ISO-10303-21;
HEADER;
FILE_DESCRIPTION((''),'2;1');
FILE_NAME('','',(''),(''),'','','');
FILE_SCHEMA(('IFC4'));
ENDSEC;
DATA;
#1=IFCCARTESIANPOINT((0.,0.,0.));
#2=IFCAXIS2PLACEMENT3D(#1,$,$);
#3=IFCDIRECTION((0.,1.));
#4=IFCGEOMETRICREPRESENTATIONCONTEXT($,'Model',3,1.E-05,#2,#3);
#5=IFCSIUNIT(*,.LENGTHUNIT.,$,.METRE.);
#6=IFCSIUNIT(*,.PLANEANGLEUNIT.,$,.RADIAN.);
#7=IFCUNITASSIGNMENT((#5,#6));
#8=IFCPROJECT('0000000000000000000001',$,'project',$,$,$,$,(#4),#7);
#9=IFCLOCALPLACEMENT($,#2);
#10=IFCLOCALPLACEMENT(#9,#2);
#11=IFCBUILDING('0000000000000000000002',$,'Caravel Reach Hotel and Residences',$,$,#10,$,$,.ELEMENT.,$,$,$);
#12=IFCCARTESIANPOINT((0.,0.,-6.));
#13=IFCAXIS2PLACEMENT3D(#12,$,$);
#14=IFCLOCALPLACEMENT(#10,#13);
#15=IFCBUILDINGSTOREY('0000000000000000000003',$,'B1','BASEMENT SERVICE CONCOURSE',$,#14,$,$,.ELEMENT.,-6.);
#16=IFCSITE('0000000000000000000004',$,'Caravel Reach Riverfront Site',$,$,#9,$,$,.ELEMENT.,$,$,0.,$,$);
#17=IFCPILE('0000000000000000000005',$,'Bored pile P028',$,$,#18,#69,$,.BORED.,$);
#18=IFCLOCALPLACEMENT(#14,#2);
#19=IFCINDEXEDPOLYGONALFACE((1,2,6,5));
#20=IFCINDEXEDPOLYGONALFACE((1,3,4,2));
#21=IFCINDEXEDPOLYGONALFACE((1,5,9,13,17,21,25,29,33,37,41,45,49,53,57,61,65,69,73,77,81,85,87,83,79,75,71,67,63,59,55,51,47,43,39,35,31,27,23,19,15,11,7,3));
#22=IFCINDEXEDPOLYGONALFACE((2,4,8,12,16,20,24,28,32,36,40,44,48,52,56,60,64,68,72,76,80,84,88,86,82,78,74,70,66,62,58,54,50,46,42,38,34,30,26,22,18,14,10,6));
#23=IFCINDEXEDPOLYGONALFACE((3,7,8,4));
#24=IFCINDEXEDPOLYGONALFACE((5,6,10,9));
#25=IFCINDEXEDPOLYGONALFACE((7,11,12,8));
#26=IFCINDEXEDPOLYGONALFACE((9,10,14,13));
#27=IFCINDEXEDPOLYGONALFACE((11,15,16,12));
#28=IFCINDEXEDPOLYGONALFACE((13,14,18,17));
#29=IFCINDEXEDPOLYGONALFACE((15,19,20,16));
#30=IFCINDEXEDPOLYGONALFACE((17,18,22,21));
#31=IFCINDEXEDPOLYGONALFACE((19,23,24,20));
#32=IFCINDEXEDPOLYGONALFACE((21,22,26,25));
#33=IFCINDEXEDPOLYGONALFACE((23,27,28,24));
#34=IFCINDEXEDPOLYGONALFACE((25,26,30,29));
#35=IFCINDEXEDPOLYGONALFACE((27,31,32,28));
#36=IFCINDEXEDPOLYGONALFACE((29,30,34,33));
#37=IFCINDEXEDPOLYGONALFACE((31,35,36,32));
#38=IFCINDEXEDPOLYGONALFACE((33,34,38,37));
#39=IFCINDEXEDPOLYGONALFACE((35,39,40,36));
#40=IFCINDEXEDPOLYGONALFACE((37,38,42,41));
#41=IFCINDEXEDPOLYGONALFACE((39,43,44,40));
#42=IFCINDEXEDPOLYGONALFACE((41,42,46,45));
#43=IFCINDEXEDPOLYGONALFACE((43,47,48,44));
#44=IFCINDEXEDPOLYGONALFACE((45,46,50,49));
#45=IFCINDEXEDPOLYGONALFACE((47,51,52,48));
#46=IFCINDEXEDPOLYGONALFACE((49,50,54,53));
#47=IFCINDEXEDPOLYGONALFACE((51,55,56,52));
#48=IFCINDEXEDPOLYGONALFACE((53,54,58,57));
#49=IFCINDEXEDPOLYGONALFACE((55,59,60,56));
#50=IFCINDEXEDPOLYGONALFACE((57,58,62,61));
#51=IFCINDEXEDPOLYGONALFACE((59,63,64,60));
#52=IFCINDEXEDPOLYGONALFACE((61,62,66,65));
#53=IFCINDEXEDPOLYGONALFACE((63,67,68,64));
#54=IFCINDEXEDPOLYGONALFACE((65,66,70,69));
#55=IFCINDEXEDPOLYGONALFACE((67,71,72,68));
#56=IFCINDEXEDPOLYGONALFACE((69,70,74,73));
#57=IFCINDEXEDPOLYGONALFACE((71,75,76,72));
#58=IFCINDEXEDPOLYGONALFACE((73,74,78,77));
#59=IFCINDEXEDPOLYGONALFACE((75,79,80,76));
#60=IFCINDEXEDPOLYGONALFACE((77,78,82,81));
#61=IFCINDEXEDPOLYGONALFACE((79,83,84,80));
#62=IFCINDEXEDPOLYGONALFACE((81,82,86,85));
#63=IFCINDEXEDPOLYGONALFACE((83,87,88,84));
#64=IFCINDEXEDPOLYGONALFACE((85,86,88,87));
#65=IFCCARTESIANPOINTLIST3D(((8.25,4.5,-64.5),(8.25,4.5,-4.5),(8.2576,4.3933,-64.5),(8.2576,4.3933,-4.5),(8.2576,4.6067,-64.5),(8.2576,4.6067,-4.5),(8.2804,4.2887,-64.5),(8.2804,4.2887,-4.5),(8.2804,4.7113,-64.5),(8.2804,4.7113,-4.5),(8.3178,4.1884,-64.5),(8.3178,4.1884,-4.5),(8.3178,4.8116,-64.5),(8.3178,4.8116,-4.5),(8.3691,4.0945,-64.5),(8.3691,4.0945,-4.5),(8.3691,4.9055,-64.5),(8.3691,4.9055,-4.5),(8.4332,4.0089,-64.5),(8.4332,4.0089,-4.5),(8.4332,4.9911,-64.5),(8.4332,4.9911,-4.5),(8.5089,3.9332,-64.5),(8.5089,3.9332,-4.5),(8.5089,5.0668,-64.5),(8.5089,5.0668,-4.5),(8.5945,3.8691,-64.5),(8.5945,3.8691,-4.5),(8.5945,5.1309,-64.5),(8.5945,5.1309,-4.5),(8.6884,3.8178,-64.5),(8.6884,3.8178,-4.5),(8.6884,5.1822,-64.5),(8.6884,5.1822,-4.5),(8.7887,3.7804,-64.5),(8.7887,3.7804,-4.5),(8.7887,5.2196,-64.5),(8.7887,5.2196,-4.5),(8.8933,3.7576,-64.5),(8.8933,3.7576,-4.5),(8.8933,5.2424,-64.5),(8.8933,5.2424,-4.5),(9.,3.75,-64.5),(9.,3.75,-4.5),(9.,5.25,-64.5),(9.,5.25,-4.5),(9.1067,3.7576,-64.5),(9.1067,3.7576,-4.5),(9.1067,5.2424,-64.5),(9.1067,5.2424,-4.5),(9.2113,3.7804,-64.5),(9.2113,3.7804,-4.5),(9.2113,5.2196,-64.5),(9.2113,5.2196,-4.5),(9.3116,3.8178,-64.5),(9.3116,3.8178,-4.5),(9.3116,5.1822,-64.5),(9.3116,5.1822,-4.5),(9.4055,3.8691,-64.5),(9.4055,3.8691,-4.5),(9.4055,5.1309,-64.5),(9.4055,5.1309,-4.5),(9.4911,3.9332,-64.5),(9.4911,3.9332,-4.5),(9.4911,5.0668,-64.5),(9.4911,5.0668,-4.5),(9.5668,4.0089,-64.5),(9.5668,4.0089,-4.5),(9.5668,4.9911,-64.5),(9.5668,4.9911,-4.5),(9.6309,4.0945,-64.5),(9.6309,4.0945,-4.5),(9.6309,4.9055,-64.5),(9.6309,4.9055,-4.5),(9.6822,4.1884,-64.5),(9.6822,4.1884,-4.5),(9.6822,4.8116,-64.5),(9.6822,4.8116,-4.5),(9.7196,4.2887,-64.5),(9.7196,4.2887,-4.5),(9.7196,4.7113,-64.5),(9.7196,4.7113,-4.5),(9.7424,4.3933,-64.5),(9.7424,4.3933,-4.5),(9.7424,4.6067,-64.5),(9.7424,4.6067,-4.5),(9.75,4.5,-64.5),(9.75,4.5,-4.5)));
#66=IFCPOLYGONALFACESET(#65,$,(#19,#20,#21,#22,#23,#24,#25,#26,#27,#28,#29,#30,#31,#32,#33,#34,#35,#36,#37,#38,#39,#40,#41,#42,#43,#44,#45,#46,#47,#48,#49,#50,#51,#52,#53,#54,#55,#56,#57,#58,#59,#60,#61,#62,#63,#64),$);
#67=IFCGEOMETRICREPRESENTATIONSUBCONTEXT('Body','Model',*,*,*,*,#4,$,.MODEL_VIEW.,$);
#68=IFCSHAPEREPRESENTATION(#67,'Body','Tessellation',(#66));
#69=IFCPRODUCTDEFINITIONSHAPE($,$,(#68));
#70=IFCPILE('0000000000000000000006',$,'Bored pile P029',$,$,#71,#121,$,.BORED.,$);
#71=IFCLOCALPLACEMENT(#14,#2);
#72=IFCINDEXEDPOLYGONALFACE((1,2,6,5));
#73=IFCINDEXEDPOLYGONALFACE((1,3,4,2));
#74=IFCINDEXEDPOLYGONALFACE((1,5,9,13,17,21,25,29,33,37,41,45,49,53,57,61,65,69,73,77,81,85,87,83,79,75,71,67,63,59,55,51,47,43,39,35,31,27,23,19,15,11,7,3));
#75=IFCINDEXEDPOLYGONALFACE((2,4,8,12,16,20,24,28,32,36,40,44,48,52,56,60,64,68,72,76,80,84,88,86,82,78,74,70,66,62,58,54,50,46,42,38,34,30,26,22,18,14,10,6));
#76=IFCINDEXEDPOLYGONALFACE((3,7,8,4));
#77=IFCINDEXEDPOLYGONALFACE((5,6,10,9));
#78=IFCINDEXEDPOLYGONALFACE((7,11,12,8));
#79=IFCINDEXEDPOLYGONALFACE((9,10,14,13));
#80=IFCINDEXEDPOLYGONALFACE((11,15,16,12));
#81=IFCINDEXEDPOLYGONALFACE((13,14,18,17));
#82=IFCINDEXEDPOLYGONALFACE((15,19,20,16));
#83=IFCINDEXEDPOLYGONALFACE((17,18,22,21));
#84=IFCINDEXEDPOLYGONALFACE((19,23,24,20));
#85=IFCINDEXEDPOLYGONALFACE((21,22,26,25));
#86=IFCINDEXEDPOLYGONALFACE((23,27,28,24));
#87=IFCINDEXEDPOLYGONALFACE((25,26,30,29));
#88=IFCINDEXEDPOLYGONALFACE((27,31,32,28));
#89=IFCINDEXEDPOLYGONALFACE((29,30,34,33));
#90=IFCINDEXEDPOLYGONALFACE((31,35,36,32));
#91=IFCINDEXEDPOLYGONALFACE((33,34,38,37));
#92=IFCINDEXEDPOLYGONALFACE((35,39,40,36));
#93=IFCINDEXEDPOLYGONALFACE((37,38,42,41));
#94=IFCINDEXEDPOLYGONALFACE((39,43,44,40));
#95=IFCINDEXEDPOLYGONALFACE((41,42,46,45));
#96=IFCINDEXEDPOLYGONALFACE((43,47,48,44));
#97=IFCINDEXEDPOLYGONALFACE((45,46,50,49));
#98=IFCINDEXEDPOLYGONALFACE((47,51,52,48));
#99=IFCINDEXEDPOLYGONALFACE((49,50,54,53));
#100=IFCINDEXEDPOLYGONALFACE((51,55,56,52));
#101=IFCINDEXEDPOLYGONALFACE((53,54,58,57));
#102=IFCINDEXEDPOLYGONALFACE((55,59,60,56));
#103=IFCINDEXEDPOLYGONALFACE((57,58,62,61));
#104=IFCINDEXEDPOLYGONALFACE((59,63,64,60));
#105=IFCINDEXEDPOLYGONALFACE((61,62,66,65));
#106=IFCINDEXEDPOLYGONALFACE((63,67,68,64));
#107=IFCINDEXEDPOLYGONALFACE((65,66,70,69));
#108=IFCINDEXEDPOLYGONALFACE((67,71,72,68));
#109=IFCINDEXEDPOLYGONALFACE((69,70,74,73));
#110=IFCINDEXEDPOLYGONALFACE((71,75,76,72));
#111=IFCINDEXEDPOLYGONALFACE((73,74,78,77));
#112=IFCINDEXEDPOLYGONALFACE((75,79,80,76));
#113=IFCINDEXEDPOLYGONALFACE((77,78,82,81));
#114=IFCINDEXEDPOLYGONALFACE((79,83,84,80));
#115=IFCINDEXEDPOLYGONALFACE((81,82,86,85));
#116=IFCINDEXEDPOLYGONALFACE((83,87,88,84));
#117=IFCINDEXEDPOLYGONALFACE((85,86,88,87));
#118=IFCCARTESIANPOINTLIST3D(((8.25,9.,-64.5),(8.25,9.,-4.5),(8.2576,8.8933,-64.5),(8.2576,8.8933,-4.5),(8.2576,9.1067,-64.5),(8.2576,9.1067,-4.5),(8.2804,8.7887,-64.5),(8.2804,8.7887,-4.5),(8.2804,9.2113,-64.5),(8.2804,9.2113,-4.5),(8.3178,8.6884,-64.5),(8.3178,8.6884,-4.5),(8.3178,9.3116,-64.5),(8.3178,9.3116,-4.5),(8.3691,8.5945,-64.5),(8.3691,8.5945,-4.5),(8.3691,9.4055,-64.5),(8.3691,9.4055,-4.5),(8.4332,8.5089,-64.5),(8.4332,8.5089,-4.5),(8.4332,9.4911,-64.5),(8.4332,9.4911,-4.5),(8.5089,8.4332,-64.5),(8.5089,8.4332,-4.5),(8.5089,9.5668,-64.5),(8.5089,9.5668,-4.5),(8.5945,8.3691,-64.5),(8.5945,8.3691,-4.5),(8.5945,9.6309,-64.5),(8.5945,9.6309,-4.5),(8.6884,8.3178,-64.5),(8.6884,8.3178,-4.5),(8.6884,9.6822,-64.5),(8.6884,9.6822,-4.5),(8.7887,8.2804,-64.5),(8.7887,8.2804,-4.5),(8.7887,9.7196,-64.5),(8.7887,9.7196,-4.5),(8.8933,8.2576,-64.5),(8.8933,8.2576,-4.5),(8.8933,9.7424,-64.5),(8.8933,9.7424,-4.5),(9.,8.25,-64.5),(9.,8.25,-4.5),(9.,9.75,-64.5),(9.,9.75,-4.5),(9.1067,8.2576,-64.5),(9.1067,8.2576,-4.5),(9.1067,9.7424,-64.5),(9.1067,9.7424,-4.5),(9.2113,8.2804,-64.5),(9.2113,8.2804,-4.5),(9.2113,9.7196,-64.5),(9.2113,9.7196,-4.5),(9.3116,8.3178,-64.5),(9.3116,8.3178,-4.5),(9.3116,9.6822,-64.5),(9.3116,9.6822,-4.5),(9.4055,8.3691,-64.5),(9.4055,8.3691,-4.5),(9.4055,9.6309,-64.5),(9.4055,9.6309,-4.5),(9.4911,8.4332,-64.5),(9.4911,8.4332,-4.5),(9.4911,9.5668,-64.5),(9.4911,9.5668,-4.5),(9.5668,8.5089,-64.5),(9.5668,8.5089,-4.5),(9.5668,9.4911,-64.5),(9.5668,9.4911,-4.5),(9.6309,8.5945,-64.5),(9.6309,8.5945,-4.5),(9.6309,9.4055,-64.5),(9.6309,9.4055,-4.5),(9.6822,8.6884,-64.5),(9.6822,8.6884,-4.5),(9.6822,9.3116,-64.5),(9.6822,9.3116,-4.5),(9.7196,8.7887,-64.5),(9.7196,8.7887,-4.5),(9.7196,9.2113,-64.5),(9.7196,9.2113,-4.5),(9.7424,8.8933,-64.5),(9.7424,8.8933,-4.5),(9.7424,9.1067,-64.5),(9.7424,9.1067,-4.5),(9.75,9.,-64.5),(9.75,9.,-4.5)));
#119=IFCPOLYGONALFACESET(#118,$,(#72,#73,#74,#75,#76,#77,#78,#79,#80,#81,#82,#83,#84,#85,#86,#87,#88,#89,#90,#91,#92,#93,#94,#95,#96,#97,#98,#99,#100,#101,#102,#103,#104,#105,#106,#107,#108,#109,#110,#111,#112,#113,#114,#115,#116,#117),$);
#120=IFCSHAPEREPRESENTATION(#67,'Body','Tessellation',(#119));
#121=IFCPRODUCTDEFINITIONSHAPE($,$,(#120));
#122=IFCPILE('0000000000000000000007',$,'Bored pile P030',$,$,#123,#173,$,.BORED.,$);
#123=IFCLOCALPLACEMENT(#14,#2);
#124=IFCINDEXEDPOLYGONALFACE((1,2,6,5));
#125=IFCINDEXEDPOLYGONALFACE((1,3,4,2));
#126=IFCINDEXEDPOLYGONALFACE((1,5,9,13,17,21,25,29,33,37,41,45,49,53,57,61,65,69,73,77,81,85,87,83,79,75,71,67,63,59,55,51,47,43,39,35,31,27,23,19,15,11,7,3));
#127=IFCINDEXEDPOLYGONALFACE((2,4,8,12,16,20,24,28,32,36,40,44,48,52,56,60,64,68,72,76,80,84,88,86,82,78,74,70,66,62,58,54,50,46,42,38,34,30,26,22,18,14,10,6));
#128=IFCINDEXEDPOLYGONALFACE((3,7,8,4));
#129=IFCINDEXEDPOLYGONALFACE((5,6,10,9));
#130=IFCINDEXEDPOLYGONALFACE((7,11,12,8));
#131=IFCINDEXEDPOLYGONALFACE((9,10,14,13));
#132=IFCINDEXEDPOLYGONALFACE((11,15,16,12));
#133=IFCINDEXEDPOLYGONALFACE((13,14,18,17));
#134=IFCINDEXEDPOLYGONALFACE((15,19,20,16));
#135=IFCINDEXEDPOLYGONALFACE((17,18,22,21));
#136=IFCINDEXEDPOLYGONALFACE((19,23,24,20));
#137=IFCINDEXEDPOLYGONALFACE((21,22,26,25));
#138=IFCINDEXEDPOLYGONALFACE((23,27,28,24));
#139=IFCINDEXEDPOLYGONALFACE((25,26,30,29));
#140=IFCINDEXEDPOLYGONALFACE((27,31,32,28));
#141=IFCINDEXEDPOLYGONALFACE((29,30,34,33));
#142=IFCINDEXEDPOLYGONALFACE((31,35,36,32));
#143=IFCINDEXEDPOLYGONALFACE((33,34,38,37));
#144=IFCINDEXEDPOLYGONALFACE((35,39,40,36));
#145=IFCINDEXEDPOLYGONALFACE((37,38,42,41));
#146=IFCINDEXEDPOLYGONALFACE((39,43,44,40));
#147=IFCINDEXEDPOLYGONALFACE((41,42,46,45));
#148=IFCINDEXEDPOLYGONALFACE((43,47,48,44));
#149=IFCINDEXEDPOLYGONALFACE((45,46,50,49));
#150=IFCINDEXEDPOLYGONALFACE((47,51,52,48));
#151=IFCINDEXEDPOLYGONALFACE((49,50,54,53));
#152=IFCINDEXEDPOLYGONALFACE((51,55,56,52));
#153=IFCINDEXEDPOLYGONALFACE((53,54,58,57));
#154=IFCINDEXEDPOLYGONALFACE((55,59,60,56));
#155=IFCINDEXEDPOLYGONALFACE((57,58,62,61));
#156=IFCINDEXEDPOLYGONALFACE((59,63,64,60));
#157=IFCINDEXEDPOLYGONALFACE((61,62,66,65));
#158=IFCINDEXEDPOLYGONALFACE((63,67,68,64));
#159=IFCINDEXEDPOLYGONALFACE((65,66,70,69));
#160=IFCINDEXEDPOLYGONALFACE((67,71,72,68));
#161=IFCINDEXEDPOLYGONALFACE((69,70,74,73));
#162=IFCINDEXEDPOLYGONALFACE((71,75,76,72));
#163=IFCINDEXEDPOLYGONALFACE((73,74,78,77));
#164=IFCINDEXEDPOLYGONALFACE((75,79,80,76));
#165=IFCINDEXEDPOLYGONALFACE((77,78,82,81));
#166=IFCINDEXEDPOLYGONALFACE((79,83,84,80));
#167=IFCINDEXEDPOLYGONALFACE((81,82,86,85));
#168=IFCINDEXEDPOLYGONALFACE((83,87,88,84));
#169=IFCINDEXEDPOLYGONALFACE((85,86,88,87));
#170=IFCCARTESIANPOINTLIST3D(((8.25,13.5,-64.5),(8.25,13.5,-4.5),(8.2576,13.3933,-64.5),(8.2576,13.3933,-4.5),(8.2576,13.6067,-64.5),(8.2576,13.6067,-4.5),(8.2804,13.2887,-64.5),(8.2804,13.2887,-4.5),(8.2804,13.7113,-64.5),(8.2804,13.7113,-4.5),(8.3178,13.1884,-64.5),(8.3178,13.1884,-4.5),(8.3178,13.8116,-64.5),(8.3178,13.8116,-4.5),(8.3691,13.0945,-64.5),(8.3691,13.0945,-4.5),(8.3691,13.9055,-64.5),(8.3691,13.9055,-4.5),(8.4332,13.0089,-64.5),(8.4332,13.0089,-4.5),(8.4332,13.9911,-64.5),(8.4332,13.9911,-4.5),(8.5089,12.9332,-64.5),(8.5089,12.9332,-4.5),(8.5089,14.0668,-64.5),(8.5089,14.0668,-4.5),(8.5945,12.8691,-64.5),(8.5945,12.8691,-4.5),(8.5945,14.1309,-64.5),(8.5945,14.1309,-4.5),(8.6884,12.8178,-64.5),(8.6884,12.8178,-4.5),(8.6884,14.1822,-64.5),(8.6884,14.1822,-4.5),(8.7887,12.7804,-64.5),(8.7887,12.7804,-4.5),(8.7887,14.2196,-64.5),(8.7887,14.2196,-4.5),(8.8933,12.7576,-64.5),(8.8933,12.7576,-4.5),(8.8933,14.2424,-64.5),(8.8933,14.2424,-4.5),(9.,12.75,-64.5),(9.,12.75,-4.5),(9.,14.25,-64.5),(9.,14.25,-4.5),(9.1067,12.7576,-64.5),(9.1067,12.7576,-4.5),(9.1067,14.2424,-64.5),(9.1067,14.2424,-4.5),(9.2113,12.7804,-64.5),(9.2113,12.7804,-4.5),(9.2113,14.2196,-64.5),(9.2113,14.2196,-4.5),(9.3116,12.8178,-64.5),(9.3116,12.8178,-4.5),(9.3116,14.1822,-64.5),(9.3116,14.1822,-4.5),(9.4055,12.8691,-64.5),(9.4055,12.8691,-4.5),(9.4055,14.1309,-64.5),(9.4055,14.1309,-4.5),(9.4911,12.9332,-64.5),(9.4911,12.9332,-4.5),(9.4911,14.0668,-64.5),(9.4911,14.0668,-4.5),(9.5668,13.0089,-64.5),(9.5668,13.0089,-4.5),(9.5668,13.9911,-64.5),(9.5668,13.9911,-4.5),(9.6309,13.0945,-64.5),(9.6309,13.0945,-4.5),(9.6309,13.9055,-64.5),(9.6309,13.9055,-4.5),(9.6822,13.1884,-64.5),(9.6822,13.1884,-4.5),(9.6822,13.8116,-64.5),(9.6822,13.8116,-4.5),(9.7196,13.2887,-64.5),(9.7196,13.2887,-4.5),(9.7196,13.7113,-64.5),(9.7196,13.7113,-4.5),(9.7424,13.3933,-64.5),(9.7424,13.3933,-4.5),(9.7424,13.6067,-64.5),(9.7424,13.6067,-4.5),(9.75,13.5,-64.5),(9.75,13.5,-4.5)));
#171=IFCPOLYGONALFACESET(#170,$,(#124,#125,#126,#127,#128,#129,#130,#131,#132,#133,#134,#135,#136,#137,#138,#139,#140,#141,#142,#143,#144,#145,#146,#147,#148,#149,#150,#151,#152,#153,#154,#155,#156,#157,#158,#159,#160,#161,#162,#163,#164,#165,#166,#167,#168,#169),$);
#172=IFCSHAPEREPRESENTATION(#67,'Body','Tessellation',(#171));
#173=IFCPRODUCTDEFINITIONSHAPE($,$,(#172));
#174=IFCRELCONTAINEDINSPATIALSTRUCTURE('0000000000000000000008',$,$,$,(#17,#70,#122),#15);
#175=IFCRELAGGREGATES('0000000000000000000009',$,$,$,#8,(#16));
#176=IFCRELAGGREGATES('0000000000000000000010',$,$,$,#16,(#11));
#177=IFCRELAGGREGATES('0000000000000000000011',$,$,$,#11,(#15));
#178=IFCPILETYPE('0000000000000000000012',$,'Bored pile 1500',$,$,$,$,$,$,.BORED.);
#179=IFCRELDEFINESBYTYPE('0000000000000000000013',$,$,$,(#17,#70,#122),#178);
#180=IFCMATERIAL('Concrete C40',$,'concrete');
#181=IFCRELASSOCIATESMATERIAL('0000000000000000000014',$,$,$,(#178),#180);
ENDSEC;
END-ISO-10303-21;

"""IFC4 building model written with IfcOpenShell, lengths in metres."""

from ifc_helpers import new_model, si_unit, direction, frame, origin, origin_2d, place, context, subcontext, project, spatial, circle, extrude, material, material_profile, profile_set, type_object, element, save


model = new_model("IFC4")

# Units and contexts
model_context = context("Model", 3, precision=1e-05, world=origin(), true_north=direction((0.0, 1.0)))
body_context = subcontext(model_context, "Body", "Model", "MODEL_VIEW")
ifc_project = project(units=[si_unit("LENGTHUNIT", "METRE"), si_unit("PLANEANGLEUNIT", "RADIAN")], contexts=[model_context])

# Site, building, storey
site_placement = place(None, origin())
site = spatial("IfcSite", under=ifc_project, at=site_placement, Name="Caravel Reach Riverfront Site", CompositionType="ELEMENT", RefElevation=0.0)
building_placement = place(site_placement, origin())
building = spatial("IfcBuilding", under=site, at=building_placement, Name="Caravel Reach Hotel and Residences", CompositionType="ELEMENT")
storey_placement = place(building_placement, frame((0.0, 0.0, -6.0)))
storey = spatial("IfcBuildingStorey", under=building, at=storey_placement, Name="B1", Description="BASEMENT SERVICE CONCOURSE", CompositionType="ELEMENT", Elevation=-6.0)

# Piles
ifc_material_1 = material(Name="Concrete C40", Category="concrete")
ifc_material_profile_1 = material_profile(ifc_material_1, circle(Radius=0.75, at=origin_2d()), Name="PILE 1500")
ifc_profile_set_1 = profile_set([ifc_material_profile_1], Name="Concrete C40")
pile_type = type_object("IfcPileType", Name="Bored pile 1500", PredefinedType="BORED", material=ifc_profile_set_1)
for number, where, z_axis, x_axis, name in (
    (1, (9.0, 4.5, -4.5), (0.0, 0.0, -1.0), (1.0, 0.0, 0.0), "Bored pile P028"),
    (2, (9.0, 9.0, -4.5), (0.0, 0.0, -1.0), (1.0, 0.0, 0.0), "Bored pile P029"),
    (3, (9.0, 13.5, -4.5), (0.0, 0.0, -1.0), (1.0, 0.0, 0.0), "Bored pile P030"),
):
    element("IfcPile", number, at=place(storey_placement, frame(where, z_axis=z_axis, x_axis=x_axis)), inside=storey, type_object=pile_type, Name=name, PredefinedType="BORED", context=body_context, shape_type="SweptSolid", body=[
        extrude(circle(Radius=0.75, at=origin_2d()), origin(), (0.0, 0.0, 1.0), 60.0),
    ])

save(model, "model.ifc")
